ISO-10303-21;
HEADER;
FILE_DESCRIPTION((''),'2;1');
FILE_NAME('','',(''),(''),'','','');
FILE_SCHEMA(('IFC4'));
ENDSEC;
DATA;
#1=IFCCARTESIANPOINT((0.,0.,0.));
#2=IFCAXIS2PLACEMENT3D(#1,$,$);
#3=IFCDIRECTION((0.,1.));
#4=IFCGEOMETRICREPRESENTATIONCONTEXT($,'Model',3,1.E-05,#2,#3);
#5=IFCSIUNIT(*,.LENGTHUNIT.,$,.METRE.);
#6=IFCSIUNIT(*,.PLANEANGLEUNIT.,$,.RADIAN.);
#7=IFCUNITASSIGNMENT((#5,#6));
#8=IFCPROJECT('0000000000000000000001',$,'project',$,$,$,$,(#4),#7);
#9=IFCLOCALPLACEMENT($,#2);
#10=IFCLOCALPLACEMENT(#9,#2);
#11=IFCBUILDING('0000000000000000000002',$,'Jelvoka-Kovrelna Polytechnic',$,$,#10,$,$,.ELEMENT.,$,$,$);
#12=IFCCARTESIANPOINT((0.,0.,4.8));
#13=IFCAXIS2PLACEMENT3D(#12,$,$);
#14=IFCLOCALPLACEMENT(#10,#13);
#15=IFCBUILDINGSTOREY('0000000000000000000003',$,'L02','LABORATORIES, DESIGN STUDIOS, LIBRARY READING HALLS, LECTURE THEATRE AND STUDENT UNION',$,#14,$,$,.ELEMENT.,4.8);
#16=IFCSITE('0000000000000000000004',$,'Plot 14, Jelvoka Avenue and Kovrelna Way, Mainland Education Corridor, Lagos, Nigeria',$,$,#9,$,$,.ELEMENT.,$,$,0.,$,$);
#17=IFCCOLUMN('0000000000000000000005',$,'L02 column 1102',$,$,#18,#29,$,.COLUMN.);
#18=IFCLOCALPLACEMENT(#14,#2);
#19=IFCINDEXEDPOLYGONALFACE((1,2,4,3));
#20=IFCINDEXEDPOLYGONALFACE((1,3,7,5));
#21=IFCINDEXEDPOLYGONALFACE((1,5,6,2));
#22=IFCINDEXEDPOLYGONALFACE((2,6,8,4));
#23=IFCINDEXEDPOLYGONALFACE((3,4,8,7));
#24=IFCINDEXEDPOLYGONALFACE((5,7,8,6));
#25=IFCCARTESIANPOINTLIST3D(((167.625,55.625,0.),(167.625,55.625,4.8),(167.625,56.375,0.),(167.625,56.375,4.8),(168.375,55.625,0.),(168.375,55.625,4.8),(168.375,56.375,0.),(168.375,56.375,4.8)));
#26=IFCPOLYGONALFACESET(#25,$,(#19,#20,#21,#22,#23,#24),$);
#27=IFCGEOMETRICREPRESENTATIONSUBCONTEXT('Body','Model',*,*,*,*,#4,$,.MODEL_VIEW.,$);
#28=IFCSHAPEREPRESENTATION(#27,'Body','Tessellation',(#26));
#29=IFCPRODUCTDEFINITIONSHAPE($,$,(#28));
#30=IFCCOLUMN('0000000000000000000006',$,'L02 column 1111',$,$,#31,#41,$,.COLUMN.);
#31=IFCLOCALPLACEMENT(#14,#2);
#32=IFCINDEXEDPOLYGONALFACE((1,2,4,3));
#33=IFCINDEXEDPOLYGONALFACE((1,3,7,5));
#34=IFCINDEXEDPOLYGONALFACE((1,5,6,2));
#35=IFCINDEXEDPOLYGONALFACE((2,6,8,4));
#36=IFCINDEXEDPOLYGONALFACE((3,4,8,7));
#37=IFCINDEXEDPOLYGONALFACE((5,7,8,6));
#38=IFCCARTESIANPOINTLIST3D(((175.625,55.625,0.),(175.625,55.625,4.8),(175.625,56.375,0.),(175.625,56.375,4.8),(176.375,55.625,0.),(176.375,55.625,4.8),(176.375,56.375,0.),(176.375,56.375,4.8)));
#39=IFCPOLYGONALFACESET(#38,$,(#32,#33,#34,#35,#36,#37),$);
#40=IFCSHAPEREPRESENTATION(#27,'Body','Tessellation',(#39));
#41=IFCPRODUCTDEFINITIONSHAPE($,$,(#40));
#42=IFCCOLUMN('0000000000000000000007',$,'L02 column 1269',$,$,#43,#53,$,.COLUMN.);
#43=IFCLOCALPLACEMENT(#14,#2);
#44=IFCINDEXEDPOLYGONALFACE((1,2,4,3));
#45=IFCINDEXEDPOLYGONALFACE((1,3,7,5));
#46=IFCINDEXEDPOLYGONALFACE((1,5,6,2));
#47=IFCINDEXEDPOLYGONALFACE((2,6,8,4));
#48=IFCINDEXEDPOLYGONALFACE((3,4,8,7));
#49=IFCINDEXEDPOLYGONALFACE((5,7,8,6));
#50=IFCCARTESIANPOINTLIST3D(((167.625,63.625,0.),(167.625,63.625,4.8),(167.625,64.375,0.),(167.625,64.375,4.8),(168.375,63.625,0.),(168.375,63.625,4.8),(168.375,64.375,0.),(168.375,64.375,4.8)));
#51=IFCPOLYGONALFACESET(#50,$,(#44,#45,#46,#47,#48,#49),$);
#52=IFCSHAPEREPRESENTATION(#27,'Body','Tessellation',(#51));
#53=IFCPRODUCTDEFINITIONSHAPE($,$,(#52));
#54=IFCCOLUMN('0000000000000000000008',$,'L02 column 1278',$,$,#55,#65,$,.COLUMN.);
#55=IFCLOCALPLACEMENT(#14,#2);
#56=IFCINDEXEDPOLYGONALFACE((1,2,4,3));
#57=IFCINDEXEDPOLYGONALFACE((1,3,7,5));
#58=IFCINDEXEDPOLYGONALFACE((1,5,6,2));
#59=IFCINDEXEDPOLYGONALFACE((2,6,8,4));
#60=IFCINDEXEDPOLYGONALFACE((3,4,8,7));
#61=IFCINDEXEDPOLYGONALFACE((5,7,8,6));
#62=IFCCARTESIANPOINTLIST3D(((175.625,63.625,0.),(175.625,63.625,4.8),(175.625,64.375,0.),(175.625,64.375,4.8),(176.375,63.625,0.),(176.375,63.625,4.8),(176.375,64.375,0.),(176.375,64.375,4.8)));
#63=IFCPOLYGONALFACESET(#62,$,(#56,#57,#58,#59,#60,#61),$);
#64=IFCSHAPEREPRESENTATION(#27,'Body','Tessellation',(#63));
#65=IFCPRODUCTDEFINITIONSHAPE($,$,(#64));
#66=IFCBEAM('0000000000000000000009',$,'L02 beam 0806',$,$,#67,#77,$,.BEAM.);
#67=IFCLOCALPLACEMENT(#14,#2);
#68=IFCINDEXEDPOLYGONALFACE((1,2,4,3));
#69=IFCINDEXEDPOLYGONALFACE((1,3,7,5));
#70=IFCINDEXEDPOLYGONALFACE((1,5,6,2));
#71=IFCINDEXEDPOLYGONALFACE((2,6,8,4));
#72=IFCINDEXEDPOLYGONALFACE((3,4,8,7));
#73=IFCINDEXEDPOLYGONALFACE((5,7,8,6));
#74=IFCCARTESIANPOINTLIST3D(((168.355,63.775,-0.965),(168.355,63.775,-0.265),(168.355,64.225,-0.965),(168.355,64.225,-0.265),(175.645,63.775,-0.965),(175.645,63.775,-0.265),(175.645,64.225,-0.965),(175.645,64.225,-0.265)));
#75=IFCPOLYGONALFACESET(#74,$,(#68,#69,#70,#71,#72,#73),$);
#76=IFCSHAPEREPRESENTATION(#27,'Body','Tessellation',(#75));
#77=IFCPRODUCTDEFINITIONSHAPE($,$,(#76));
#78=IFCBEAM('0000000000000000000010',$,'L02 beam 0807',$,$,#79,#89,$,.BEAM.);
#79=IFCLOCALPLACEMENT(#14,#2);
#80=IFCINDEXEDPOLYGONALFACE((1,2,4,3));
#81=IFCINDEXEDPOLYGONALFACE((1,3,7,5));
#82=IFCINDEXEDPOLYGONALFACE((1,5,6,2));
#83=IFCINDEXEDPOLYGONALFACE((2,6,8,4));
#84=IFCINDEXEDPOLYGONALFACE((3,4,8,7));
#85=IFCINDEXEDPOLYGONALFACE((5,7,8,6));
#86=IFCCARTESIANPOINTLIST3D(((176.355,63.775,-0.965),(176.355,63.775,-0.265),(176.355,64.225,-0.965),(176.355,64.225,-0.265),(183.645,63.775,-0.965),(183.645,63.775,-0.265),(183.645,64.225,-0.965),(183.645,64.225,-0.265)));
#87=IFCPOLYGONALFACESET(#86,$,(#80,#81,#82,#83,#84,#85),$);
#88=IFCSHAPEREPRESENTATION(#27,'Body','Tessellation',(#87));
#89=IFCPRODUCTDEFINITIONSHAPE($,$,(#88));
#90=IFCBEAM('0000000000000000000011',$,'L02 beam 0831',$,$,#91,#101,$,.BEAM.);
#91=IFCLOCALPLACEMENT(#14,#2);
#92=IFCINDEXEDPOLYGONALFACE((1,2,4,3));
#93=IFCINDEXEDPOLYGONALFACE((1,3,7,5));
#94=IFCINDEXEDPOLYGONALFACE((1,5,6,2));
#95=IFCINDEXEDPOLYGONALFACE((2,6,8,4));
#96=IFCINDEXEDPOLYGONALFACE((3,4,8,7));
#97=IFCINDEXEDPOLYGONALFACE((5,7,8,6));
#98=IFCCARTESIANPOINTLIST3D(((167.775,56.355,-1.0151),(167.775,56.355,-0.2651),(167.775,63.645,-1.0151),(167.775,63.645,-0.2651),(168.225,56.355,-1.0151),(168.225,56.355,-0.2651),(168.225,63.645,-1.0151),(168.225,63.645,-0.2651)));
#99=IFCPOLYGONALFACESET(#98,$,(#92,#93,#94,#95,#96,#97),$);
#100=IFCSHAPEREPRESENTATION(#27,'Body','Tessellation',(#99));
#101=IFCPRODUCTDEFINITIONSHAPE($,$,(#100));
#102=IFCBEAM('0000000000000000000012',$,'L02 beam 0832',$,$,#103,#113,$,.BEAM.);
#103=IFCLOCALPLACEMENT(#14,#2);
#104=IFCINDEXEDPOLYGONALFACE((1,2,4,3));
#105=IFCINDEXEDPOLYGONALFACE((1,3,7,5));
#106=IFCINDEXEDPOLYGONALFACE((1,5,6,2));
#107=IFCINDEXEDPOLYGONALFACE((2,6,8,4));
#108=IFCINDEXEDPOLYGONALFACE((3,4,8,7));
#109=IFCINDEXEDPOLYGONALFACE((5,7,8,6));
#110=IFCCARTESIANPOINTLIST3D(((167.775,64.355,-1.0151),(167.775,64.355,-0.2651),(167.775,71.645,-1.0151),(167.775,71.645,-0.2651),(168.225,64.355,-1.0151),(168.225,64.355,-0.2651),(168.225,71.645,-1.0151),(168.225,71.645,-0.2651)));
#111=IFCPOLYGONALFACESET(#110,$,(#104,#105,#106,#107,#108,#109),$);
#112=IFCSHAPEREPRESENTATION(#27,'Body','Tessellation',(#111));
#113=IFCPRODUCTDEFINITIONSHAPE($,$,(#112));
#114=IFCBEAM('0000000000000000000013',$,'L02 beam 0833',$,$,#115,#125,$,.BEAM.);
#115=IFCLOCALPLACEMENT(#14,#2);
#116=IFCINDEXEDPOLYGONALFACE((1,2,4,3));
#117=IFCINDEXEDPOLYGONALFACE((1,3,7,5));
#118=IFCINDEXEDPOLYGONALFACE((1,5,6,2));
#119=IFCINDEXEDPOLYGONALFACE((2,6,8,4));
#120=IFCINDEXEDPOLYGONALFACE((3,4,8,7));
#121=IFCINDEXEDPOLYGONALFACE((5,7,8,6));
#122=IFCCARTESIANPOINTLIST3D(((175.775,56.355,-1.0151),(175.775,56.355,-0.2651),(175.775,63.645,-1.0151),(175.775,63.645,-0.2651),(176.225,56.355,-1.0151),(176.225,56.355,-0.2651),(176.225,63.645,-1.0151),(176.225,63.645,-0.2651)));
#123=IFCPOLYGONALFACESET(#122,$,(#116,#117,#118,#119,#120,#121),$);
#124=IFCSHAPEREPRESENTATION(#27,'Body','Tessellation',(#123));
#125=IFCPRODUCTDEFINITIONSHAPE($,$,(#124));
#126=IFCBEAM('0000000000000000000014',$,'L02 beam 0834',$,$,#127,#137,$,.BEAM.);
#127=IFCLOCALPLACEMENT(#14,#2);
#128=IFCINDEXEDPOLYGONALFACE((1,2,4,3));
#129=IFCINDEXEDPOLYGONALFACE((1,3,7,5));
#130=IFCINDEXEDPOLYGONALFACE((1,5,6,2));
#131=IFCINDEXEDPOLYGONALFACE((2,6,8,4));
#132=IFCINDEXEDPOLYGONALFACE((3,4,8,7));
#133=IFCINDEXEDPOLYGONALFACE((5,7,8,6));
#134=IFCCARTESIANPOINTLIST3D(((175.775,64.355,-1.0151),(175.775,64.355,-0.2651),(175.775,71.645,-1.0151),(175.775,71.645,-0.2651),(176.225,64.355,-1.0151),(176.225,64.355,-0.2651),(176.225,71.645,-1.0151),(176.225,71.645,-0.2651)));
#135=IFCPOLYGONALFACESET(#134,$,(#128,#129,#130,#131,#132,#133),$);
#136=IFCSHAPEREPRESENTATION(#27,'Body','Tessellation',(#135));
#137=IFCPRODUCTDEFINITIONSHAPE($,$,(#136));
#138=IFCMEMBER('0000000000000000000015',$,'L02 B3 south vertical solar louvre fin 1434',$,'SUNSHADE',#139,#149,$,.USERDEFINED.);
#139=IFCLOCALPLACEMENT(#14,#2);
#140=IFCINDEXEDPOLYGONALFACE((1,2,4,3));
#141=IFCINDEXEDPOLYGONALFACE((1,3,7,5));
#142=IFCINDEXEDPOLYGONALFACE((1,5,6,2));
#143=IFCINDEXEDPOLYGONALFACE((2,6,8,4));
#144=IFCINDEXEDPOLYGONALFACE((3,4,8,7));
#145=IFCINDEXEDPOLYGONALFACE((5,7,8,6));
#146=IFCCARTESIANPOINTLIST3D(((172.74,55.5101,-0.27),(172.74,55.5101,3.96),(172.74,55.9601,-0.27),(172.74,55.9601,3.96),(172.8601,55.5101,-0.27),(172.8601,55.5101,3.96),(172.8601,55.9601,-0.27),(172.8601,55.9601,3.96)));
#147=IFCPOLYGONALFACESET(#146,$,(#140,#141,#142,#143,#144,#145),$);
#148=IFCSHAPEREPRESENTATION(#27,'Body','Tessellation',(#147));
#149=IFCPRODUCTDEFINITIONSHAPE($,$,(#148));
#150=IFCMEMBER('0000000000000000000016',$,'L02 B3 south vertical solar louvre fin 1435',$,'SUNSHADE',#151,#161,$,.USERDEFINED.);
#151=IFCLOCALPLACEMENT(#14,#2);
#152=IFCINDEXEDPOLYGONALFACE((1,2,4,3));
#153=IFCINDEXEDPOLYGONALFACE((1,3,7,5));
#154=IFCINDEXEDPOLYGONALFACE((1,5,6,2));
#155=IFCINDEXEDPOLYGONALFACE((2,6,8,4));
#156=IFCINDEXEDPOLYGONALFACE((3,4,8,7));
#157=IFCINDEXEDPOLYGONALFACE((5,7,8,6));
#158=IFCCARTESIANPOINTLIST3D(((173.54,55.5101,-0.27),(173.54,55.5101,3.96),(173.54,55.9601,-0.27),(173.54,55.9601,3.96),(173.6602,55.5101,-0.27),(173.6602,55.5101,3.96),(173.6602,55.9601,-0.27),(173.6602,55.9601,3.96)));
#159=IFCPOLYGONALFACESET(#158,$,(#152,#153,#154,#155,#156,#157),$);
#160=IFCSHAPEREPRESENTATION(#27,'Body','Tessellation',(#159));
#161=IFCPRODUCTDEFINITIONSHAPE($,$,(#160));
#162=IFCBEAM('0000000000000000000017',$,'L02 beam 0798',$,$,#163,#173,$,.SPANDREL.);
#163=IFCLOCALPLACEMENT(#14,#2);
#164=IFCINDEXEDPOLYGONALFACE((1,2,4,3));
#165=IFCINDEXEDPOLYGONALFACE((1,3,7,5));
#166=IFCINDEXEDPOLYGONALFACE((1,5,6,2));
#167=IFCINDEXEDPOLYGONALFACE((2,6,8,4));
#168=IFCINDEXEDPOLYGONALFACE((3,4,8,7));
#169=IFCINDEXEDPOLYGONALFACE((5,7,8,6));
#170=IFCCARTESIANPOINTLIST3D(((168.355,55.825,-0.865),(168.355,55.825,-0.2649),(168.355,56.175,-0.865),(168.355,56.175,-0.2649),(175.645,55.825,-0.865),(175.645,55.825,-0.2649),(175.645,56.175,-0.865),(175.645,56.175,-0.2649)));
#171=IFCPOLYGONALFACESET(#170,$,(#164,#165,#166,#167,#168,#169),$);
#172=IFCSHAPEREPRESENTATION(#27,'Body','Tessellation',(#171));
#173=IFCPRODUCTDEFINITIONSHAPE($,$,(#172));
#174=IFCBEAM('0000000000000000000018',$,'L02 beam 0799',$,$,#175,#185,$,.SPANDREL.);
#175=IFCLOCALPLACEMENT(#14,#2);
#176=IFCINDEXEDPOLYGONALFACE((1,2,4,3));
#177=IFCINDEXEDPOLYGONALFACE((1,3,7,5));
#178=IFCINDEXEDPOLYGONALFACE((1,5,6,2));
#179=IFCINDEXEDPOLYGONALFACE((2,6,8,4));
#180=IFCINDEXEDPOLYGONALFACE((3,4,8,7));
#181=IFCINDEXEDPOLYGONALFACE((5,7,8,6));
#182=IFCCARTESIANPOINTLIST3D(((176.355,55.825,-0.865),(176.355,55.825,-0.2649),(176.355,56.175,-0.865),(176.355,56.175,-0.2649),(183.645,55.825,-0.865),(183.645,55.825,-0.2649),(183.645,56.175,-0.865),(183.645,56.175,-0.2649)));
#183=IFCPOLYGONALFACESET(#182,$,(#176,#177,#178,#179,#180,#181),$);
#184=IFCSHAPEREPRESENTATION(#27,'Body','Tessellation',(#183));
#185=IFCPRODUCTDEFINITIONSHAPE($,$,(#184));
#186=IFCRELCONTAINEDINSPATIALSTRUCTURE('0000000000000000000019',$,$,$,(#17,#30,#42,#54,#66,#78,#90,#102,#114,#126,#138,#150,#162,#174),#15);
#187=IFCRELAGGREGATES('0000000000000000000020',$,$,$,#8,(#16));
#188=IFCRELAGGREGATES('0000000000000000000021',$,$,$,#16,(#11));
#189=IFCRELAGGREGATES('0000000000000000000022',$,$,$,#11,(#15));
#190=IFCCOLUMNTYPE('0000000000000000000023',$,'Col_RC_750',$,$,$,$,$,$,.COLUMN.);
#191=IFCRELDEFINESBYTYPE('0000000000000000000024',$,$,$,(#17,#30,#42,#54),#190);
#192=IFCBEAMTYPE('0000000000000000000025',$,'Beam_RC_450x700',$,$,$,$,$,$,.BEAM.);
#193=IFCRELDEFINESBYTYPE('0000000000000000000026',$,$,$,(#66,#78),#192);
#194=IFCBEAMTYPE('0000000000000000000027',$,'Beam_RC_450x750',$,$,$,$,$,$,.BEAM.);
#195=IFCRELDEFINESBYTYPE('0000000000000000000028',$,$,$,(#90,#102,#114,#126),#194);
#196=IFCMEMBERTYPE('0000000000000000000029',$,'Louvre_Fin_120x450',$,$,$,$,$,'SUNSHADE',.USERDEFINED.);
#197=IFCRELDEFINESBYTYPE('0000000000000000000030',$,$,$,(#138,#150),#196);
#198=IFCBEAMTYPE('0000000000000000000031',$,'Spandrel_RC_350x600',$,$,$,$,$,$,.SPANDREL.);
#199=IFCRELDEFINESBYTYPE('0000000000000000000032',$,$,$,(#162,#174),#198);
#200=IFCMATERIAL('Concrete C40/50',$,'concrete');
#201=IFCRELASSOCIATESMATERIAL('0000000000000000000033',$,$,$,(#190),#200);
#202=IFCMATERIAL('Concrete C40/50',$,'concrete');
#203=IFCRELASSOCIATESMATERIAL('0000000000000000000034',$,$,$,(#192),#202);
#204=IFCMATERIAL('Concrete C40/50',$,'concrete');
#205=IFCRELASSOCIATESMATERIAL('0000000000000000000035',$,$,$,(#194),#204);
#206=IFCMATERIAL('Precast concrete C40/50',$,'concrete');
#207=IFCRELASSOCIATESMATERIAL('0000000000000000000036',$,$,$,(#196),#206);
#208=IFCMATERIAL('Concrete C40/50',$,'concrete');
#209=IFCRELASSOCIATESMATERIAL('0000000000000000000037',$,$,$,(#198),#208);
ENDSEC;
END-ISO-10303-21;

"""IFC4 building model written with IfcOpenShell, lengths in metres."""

from ifc_helpers import new_model, si_unit, direction, frame, origin, origin_2d, place, context, subcontext, project, spatial, rectangle, extrude, material, material_profile, profile_set, type_object, element, save


model = new_model("IFC4")

# Units and contexts
model_context = context("Model", 3, precision=1e-05, world=origin(), true_north=direction((0.0, 1.0)))
body_context = subcontext(model_context, "Body", "Model", "MODEL_VIEW")
ifc_project = project(units=[si_unit("LENGTHUNIT", "METRE"), si_unit("PLANEANGLEUNIT", "RADIAN")], contexts=[model_context])

# Site, building, storey
site_placement = place(None, origin())
site = spatial("IfcSite", under=ifc_project, at=site_placement, Name="Plot 14, Jelvoka Avenue and Kovrelna Way, Mainland Education Corridor, Lagos, Nigeria", CompositionType="ELEMENT", RefElevation=0.0)
building_placement = place(site_placement, origin())
building = spatial("IfcBuilding", under=site, at=building_placement, Name="Jelvoka-Kovrelna Polytechnic", CompositionType="ELEMENT")
storey_placement = place(building_placement, frame((0.0, 0.0, 4.8)))
storey = spatial("IfcBuildingStorey", under=building, at=storey_placement, Name="L02", Description="LABORATORIES, DESIGN STUDIOS, LIBRARY READING HALLS, LECTURE THEATRE AND STUDENT UNION", CompositionType="ELEMENT", Elevation=4.8)

# Columns
ifc_material_1 = material(Name="Concrete C40/50", Category="concrete")
ifc_material_profile_1 = material_profile(ifc_material_1, rectangle(XDim=0.75, YDim=0.75, at=origin_2d()), Name="RC 750x750")
ifc_profile_set_1 = profile_set([ifc_material_profile_1], Name="Concrete C40/50")
column_type = type_object("IfcColumnType", Name="Col_RC_750", PredefinedType="COLUMN", material=ifc_profile_set_1)
for number, where, z_axis, x_axis, name in (
    (1, (168.0, 56.0, 0.0), (0.0, 0.0, 1.0), (1.0, 0.0, 0.0), "L02 column 1102"),
    (2, (176.0, 56.0, 0.0), (0.0, 0.0, 1.0), (1.0, 0.0, 0.0), "L02 column 1111"),
    (3, (168.0, 64.0, 0.0), (0.0, 0.0, 1.0), (1.0, 0.0, 0.0), "L02 column 1269"),
    (4, (176.0, 64.0, 0.0), (0.0, 0.0, 1.0), (1.0, 0.0, 0.0), "L02 column 1278"),
):
    element("IfcColumn", number, at=place(storey_placement, frame(where, z_axis=z_axis, x_axis=x_axis)), inside=storey, type_object=column_type, Name=name, PredefinedType="COLUMN", context=body_context, shape_type="SweptSolid", body=[
        extrude(rectangle(XDim=0.75, YDim=0.75, at=origin_2d()), origin(), (0.0, 0.0, 1.0), 4.8),
    ])

# Beams
ifc_material_2 = material(Name="Concrete C40/50", Category="concrete")
ifc_material_profile_2 = material_profile(ifc_material_2, rectangle(XDim=0.45, YDim=0.7, at=origin_2d()), Name="RC 450x700")
ifc_profile_set_2 = profile_set([ifc_material_profile_2], Name="Concrete C40/50")
beam_type_1 = type_object("IfcBeamType", Name="Beam_RC_450x700", PredefinedType="BEAM", material=ifc_profile_set_2)
for number, where, z_axis, x_axis, name in (
    (5, (168.355, 64.0, -0.615), (1.0, 0.0, 0.0), (0.0, 1.0, 0.0), "L02 beam 0806"),
    (6, (176.355, 64.0, -0.615), (1.0, 0.0, 0.0), (0.0, 1.0, 0.0), "L02 beam 0807"),
):
    element("IfcBeam", number, at=place(storey_placement, frame(where, z_axis=z_axis, x_axis=x_axis)), inside=storey, type_object=beam_type_1, Name=name, PredefinedType="BEAM", context=body_context, shape_type="SweptSolid", body=[
        extrude(rectangle(XDim=0.45, YDim=0.7, at=origin_2d()), origin(), (0.0, 0.0, 1.0), 7.29),
    ])
ifc_material_3 = material(Name="Concrete C40/50", Category="concrete")
ifc_material_profile_3 = material_profile(ifc_material_3, rectangle(XDim=0.45, YDim=0.75, at=origin_2d()), Name="RC 450x750")
ifc_profile_set_3 = profile_set([ifc_material_profile_3], Name="Concrete C40/50")
beam_type_2 = type_object("IfcBeamType", Name="Beam_RC_450x750", PredefinedType="BEAM", material=ifc_profile_set_3)
for number, where, z_axis, x_axis, name in (
    (7, (168.0, 56.355, -0.6401), (0.0, 1.0, 0.0), (-1.0, 0.0, 0.0), "L02 beam 0831"),
    (8, (168.0, 64.355, -0.6401), (0.0, 1.0, 0.0), (-1.0, 0.0, 0.0), "L02 beam 0832"),
    (9, (176.0, 56.355, -0.6401), (0.0, 1.0, 0.0), (-1.0, 0.0, 0.0), "L02 beam 0833"),
    (10, (176.0, 64.355, -0.6401), (0.0, 1.0, 0.0), (-1.0, 0.0, 0.0), "L02 beam 0834"),
):
    element("IfcBeam", number, at=place(storey_placement, frame(where, z_axis=z_axis, x_axis=x_axis)), inside=storey, type_object=beam_type_2, Name=name, PredefinedType="BEAM", context=body_context, shape_type="SweptSolid", body=[
        extrude(rectangle(XDim=0.45, YDim=0.75, at=origin_2d()), origin(), (0.0, 0.0, 1.0), 7.29),
    ])

# Members
ifc_material_4 = material(Name="Precast concrete C40/50", Category="concrete")
ifc_material_profile_4 = material_profile(ifc_material_4, rectangle(XDim=0.1201, YDim=0.45, at=origin_2d()), Name="PC 120x450")
ifc_profile_set_4 = profile_set([ifc_material_profile_4], Name="Precast concrete C40/50")
member_type = type_object("IfcMemberType", Name="Louvre_Fin_120x450", ElementType="SUNSHADE", PredefinedType="USERDEFINED", material=ifc_profile_set_4)
for number, where, z_axis, x_axis, name in (
    (11, (172.8, 55.7351, -0.27), (0.0, 0.0, 1.0), (1.0, 0.0, 0.0), "L02 B3 south vertical solar louvre fin 1434"),
    (12, (173.6001, 55.7351, -0.27), (0.0, 0.0, 1.0), (1.0, 0.0, 0.0), "L02 B3 south vertical solar louvre fin 1435"),
):
    element("IfcMember", number, at=place(storey_placement, frame(where, z_axis=z_axis, x_axis=x_axis)), inside=storey, type_object=member_type, Name=name, ObjectType="SUNSHADE", PredefinedType="USERDEFINED", context=body_context, shape_type="SweptSolid", body=[
        extrude(rectangle(XDim=0.1201, YDim=0.45, at=origin_2d()), origin(), (0.0, 0.0, 1.0), 4.23),
    ])

# Beams
ifc_material_5 = material(Name="Concrete C40/50", Category="concrete")
ifc_material_profile_5 = material_profile(ifc_material_5, rectangle(XDim=0.3501, YDim=0.6001, at=origin_2d()), Name="RC 350x600")
ifc_profile_set_5 = profile_set([ifc_material_profile_5], Name="Concrete C40/50")
beam_type_3 = type_object("IfcBeamType", Name="Spandrel_RC_350x600", PredefinedType="SPANDREL", material=ifc_profile_set_5)
for number, where, z_axis, x_axis, name in (
    (13, (168.355, 56.0, -0.5649), (1.0, 0.0, 0.0), (0.0, 1.0, 0.0), "L02 beam 0798"),
    (14, (176.355, 56.0, -0.5649), (1.0, 0.0, 0.0), (0.0, 1.0, 0.0), "L02 beam 0799"),
):
    element("IfcBeam", number, at=place(storey_placement, frame(where, z_axis=z_axis, x_axis=x_axis)), inside=storey, type_object=beam_type_3, Name=name, PredefinedType="SPANDREL", context=body_context, shape_type="SweptSolid", body=[
        extrude(rectangle(XDim=0.3501, YDim=0.6001, at=origin_2d()), origin(), (0.0, 0.0, 1.0), 7.29),
    ])

save(model, "model.ifc")
